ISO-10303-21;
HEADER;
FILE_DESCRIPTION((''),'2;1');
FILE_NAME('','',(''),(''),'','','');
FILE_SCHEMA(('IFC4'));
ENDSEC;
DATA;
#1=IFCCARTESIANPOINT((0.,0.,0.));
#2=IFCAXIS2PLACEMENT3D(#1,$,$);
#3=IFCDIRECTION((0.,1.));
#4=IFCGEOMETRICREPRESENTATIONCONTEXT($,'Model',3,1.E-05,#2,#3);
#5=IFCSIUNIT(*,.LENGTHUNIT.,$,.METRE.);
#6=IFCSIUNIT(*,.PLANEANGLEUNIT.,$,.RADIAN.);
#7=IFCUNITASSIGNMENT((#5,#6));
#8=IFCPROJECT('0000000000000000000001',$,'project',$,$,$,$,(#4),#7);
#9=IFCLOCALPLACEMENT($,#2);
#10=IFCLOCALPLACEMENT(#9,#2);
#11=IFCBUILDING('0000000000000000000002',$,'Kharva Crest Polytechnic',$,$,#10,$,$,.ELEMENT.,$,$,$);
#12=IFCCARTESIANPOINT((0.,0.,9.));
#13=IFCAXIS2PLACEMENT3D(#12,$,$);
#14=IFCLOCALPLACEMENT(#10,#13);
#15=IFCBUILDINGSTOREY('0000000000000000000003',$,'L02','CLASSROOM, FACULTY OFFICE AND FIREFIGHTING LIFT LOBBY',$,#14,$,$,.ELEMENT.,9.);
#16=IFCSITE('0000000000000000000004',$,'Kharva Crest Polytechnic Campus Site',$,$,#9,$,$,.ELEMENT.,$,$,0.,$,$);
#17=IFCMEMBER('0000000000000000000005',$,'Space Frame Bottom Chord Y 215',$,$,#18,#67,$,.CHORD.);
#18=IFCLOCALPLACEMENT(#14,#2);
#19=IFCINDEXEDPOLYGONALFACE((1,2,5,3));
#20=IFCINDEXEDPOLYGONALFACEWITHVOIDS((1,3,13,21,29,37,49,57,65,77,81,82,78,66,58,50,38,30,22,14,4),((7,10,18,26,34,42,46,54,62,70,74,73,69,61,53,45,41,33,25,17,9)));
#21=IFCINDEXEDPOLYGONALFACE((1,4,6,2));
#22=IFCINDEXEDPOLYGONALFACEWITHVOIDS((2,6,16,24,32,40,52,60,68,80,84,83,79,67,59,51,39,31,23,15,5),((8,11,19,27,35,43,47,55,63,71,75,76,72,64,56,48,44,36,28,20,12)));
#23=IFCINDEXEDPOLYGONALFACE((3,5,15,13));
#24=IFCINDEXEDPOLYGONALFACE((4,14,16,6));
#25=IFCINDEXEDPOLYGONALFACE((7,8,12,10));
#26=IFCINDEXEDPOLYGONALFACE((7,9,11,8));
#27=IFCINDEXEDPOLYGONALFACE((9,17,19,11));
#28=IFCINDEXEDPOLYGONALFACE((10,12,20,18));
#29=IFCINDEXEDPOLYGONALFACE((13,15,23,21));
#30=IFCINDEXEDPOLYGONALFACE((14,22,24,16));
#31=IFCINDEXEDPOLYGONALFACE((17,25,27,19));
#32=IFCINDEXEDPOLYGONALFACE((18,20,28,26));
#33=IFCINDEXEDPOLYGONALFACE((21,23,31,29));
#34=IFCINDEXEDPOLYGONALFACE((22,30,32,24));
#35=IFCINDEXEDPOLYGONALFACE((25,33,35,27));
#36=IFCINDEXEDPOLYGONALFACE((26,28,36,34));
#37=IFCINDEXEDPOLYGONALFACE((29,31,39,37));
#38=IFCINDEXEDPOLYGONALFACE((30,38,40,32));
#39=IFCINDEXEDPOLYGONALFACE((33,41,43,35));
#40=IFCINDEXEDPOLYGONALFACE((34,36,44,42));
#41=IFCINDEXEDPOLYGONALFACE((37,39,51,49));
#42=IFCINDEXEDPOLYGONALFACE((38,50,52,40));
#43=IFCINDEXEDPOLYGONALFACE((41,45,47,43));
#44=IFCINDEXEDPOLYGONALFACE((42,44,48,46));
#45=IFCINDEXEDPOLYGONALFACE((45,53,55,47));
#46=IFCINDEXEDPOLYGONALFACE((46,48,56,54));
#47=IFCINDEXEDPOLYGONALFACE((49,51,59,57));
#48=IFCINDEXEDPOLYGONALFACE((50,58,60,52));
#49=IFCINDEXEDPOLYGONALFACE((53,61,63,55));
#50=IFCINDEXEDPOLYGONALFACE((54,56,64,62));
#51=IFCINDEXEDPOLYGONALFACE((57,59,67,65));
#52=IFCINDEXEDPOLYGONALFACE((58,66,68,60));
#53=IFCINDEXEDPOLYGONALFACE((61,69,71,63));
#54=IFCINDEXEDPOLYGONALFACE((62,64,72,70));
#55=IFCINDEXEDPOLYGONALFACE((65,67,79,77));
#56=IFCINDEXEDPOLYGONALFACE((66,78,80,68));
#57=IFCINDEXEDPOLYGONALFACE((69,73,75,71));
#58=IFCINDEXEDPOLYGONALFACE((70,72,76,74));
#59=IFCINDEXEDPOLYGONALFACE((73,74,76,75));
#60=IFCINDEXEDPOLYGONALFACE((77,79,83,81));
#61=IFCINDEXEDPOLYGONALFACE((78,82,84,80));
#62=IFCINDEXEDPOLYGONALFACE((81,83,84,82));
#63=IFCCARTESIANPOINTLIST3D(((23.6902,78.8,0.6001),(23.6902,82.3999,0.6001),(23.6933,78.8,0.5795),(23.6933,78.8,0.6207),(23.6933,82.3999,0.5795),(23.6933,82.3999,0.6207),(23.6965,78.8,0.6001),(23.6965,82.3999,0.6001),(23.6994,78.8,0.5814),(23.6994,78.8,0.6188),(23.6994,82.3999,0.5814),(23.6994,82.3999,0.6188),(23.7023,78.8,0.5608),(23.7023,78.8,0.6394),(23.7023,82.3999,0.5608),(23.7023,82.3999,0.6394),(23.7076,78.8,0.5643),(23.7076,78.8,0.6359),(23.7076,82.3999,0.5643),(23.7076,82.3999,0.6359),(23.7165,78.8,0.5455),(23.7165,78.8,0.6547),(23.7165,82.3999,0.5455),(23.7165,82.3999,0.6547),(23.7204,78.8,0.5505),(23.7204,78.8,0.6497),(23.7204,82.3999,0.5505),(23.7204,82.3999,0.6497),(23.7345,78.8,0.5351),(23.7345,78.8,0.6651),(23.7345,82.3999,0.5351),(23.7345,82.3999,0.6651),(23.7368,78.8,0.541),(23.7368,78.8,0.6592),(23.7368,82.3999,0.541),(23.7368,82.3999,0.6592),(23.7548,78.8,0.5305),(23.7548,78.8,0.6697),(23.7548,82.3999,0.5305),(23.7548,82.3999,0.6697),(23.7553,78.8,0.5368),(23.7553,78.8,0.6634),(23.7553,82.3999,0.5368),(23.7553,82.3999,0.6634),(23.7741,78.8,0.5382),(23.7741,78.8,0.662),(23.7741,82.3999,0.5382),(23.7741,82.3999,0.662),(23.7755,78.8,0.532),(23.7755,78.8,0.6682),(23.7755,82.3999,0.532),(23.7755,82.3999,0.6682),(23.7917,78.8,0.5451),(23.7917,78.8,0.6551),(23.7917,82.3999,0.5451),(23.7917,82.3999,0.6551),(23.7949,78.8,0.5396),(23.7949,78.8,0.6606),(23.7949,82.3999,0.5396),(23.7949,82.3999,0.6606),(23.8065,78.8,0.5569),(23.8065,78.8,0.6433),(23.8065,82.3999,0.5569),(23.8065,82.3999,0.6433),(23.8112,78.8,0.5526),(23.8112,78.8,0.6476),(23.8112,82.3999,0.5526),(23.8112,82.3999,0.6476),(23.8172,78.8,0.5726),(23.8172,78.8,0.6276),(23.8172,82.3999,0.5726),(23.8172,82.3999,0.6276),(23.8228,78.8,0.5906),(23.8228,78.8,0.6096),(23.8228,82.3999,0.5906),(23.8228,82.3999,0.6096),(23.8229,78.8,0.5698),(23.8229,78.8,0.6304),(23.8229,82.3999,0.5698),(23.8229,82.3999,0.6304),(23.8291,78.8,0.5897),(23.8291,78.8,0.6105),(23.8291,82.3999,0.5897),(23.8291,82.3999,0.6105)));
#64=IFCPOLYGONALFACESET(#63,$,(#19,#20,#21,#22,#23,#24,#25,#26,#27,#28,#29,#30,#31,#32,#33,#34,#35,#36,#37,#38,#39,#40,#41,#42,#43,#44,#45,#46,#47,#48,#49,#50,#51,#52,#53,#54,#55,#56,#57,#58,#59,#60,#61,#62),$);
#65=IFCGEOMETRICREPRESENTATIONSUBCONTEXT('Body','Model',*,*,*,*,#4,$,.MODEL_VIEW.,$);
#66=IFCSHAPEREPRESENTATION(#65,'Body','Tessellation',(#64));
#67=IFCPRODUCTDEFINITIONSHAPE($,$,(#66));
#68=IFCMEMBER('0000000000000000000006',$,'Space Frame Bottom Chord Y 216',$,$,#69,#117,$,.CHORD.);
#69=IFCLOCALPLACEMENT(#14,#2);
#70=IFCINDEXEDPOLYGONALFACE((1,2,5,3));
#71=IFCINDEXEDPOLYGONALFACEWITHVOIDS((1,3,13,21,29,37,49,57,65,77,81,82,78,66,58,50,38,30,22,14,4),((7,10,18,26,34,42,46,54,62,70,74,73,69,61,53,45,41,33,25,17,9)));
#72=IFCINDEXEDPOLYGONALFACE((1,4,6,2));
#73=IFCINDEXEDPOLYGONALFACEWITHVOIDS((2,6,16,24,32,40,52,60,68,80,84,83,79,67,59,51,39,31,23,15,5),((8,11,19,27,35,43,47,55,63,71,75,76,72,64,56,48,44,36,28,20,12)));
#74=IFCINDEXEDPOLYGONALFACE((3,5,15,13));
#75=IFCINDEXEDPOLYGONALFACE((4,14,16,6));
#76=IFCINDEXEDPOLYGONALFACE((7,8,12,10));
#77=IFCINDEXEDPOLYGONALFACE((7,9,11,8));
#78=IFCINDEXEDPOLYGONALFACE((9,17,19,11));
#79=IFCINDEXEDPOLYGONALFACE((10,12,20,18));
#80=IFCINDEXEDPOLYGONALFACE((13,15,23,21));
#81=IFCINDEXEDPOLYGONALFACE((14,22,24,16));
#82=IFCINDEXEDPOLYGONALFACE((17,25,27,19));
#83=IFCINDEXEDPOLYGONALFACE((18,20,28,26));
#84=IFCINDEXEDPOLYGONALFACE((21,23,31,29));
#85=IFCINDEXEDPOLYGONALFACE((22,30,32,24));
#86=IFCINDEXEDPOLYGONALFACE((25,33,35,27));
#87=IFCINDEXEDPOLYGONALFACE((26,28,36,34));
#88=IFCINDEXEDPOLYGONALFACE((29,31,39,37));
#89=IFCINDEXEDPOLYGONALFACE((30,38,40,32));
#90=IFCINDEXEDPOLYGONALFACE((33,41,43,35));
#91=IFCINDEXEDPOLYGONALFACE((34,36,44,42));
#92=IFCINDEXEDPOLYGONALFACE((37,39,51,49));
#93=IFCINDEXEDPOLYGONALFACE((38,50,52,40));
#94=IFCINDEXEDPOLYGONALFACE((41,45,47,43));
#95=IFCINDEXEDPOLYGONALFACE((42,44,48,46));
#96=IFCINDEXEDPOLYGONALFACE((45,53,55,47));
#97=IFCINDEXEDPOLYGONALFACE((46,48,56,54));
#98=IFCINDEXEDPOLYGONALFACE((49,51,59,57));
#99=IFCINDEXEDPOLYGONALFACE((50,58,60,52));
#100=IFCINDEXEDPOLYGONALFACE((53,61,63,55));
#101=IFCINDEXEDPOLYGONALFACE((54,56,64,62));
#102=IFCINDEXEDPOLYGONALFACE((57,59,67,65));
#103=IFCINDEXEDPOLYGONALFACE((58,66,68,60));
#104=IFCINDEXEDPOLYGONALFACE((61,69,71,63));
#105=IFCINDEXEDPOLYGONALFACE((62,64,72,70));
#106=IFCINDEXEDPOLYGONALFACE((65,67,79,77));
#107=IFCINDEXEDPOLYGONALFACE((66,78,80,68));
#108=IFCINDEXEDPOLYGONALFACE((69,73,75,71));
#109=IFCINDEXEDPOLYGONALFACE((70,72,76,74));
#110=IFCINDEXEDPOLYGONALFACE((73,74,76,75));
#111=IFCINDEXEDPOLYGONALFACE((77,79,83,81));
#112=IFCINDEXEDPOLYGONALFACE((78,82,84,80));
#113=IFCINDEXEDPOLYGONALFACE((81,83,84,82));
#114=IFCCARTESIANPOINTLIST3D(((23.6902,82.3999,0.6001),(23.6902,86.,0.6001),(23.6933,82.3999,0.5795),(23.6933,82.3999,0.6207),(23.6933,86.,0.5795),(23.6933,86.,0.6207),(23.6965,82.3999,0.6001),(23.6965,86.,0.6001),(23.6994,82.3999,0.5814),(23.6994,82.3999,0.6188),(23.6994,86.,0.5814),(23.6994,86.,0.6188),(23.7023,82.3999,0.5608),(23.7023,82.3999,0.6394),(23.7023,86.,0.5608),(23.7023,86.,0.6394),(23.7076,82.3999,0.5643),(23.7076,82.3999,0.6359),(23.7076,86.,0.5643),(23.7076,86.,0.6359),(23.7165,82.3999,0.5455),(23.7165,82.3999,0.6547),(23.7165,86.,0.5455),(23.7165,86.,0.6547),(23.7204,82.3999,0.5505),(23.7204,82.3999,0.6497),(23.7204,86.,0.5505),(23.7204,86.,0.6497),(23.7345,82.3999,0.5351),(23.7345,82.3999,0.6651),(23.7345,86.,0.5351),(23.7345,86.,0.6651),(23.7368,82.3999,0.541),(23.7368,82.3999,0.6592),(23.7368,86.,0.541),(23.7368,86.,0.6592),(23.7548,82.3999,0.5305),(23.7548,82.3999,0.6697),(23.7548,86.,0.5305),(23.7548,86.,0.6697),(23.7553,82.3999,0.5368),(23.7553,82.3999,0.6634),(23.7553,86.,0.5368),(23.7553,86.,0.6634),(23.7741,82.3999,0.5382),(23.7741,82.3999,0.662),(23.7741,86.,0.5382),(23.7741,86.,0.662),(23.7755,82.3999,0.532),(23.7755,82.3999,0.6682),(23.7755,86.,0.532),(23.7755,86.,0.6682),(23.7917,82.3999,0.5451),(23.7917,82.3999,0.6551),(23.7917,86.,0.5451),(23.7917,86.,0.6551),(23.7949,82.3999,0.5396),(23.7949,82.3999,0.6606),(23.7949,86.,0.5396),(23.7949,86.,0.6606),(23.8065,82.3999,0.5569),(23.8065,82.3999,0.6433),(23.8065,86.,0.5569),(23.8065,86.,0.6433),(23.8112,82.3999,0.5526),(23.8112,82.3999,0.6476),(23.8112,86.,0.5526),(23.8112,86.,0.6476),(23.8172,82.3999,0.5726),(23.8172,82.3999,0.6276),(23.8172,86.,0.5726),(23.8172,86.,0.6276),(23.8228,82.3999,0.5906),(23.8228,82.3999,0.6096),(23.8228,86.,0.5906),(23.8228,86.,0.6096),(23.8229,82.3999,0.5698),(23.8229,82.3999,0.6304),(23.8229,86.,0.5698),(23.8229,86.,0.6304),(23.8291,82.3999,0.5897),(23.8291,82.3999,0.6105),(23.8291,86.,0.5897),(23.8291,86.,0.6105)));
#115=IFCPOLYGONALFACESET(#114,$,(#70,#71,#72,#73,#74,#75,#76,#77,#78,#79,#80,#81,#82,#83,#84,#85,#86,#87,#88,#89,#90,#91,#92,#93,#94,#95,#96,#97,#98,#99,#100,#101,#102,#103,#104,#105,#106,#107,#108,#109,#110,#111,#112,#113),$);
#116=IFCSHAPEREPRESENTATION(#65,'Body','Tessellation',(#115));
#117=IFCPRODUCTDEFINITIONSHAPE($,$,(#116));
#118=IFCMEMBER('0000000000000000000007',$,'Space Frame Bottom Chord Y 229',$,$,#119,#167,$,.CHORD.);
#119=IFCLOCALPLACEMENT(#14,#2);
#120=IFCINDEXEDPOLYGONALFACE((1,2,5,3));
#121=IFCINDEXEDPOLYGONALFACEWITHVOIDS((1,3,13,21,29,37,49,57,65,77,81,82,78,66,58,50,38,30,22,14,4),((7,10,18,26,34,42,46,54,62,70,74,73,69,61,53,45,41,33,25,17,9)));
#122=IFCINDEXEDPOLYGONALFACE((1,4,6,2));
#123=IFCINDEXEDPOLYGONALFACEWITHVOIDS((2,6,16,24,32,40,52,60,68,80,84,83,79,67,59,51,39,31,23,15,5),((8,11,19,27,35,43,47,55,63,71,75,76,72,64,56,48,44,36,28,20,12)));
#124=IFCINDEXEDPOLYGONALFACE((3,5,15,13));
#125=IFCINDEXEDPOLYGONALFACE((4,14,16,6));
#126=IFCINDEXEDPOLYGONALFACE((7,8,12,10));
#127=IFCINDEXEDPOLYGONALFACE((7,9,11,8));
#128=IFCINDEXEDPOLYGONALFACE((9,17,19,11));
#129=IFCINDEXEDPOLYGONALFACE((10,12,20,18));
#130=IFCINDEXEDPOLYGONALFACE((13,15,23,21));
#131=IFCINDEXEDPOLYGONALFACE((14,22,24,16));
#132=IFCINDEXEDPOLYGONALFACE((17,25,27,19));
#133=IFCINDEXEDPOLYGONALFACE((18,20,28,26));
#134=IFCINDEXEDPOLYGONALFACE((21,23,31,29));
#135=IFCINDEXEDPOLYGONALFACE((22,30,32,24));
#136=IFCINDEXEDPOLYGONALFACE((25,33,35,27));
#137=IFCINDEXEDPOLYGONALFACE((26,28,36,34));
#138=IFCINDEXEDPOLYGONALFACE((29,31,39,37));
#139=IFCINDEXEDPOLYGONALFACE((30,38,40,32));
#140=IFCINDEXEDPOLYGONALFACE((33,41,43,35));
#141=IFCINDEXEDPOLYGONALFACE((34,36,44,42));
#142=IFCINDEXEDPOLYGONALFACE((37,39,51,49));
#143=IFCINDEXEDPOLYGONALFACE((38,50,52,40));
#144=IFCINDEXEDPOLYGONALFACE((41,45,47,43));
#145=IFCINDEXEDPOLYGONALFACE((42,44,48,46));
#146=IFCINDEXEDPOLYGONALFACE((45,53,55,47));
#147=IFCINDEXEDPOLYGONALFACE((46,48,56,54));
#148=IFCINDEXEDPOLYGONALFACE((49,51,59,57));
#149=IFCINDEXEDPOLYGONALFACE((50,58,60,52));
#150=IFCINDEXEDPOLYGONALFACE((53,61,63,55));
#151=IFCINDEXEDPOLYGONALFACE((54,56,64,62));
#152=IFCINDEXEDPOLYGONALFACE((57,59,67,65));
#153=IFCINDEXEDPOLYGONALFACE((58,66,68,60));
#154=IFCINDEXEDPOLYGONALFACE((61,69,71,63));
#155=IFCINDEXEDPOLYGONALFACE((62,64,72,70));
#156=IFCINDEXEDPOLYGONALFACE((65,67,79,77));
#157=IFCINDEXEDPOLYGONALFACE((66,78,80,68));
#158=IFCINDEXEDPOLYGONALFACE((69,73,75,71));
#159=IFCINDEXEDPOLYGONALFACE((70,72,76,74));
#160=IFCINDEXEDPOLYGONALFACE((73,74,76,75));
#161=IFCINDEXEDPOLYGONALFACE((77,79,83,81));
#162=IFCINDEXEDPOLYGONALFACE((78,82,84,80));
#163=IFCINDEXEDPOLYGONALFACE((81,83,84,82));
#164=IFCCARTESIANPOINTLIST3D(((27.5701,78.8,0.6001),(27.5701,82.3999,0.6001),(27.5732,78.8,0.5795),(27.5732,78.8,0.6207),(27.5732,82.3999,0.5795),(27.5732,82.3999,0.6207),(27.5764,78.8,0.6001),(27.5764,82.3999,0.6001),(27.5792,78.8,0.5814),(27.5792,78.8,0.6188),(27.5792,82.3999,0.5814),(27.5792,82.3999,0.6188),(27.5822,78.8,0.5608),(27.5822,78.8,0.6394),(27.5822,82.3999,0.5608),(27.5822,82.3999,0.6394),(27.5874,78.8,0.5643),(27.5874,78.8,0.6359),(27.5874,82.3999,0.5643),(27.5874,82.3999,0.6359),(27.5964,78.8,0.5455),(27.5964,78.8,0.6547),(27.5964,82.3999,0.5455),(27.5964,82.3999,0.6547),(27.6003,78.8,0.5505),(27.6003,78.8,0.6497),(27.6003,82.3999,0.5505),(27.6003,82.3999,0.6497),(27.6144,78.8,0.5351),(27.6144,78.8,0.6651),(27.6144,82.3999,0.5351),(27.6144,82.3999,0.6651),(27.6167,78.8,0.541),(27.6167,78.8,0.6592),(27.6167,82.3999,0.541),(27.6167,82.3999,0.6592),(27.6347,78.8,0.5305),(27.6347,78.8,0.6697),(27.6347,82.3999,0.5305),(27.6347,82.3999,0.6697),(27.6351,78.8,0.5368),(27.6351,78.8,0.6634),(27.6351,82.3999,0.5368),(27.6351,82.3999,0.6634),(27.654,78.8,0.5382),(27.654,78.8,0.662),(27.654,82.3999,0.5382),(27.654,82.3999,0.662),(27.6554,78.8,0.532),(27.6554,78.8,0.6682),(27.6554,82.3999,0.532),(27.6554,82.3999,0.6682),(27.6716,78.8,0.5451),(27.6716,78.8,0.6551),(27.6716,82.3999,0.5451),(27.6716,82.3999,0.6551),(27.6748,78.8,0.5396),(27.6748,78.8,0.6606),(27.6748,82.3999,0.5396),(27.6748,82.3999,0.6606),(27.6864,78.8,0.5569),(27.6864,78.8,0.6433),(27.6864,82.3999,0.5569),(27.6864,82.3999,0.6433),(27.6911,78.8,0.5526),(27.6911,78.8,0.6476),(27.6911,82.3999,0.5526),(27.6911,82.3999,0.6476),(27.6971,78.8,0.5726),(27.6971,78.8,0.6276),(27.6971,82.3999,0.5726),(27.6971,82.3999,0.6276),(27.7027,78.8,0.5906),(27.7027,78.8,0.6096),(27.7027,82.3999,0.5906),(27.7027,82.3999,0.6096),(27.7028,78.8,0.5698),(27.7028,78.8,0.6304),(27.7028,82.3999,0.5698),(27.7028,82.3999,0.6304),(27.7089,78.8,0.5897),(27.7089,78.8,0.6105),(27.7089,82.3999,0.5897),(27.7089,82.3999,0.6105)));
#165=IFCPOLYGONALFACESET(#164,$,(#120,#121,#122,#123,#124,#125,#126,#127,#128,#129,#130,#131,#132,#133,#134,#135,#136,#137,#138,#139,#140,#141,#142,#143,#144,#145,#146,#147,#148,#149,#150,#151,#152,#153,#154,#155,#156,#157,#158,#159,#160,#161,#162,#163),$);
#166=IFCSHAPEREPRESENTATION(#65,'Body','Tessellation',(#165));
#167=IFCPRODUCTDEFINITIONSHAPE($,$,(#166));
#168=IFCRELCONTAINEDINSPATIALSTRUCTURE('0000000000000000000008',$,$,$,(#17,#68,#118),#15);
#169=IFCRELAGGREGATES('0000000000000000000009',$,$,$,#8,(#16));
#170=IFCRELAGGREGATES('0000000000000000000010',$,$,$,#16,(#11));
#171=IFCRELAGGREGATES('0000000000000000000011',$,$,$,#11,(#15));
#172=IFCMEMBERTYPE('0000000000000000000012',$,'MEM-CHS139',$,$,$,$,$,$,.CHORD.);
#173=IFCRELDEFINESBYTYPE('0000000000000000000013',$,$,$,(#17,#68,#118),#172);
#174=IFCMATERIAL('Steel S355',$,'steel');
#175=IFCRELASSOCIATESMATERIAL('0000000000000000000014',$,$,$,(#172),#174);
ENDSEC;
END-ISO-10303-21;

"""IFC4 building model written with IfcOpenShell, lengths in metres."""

from ifc_helpers import new_model, si_unit, direction, frame, origin, origin_2d, place, context, subcontext, project, spatial, hollow_circle, extrude, material, material_profile, profile_set, type_object, element, save


model = new_model("IFC4")

# Units and contexts
model_context = context("Model", 3, precision=1e-05, world=origin(), true_north=direction((0.0, 1.0)))
body_context = subcontext(model_context, "Body", "Model", "MODEL_VIEW")
ifc_project = project(units=[si_unit("LENGTHUNIT", "METRE"), si_unit("PLANEANGLEUNIT", "RADIAN")], contexts=[model_context])

# Site, building, storey
site_placement = place(None, origin())
site = spatial("IfcSite", under=ifc_project, at=site_placement, Name="Kharva Crest Polytechnic Campus Site", CompositionType="ELEMENT", RefElevation=0.0)
building_placement = place(site_placement, origin())
building = spatial("IfcBuilding", under=site, at=building_placement, Name="Kharva Crest Polytechnic", CompositionType="ELEMENT")
storey_placement = place(building_placement, frame((0.0, 0.0, 9.0)))
storey = spatial("IfcBuildingStorey", under=building, at=storey_placement, Name="L02", Description="CLASSROOM, FACULTY OFFICE AND FIREFIGHTING LIFT LOBBY", CompositionType="ELEMENT", Elevation=9.0)

# Shared definitions
ifc_material_1 = material(Name="Steel S355", Category="steel")

# Members
ifc_material_profile_1 = material_profile(ifc_material_1, hollow_circle(Radius=0.0698, WallThickness=0.0063, at=origin_2d()), Name="CHS 139.7X6.3")
ifc_profile_set_1 = profile_set([ifc_material_profile_1], Name="Steel S355")
member_type_1 = type_object("IfcMemberType", Name="MEM-CHS139", PredefinedType="CHORD", material=ifc_profile_set_1)
member_1_placement = place(storey_placement, frame((23.76, 78.8, 0.6001), z_axis=(0.0, 1.0, 0.0), x_axis=(-1.0, 0.0, 0.0)))
element("IfcMember", 1, at=member_1_placement, inside=storey, type_object=member_type_1, Name="Space Frame Bottom Chord Y 215", PredefinedType="CHORD", context=body_context, shape_type="SweptSolid", body=[
    extrude(hollow_circle(Radius=0.0698, WallThickness=0.0063, at=origin_2d()), origin(), (0.0, 0.0, 1.0), 3.5999),
])
member_2_placement = place(storey_placement, frame((23.76, 82.3999, 0.6001), z_axis=(0.0, 1.0, 0.0), x_axis=(-1.0, 0.0, 0.0)))
element("IfcMember", 2, at=member_2_placement, inside=storey, type_object=member_type_1, Name="Space Frame Bottom Chord Y 216", PredefinedType="CHORD", context=body_context, shape_type="SweptSolid", body=[
    extrude(hollow_circle(Radius=0.0698, WallThickness=0.0063, at=origin_2d()), origin(), (0.0, 0.0, 1.0), 3.6001),
])
for number, where, z_axis, x_axis, name in (
    (3, (27.6399, 78.8, 0.6001), (0.0, 1.0, 0.0), (-1.0, 0.0, 0.0), "Space Frame Bottom Chord Y 229"),
):
    element("IfcMember", number, at=place(storey_placement, frame(where, z_axis=z_axis, x_axis=x_axis)), inside=storey, type_object=member_type_1, Name=name, PredefinedType="CHORD", context=body_context, shape_type="SweptSolid", body=[
        extrude(hollow_circle(Radius=0.0698, WallThickness=0.0063, at=origin_2d()), origin(), (0.0, 0.0, 1.0), 3.5999),
    ])

save(model, "model.ifc")
